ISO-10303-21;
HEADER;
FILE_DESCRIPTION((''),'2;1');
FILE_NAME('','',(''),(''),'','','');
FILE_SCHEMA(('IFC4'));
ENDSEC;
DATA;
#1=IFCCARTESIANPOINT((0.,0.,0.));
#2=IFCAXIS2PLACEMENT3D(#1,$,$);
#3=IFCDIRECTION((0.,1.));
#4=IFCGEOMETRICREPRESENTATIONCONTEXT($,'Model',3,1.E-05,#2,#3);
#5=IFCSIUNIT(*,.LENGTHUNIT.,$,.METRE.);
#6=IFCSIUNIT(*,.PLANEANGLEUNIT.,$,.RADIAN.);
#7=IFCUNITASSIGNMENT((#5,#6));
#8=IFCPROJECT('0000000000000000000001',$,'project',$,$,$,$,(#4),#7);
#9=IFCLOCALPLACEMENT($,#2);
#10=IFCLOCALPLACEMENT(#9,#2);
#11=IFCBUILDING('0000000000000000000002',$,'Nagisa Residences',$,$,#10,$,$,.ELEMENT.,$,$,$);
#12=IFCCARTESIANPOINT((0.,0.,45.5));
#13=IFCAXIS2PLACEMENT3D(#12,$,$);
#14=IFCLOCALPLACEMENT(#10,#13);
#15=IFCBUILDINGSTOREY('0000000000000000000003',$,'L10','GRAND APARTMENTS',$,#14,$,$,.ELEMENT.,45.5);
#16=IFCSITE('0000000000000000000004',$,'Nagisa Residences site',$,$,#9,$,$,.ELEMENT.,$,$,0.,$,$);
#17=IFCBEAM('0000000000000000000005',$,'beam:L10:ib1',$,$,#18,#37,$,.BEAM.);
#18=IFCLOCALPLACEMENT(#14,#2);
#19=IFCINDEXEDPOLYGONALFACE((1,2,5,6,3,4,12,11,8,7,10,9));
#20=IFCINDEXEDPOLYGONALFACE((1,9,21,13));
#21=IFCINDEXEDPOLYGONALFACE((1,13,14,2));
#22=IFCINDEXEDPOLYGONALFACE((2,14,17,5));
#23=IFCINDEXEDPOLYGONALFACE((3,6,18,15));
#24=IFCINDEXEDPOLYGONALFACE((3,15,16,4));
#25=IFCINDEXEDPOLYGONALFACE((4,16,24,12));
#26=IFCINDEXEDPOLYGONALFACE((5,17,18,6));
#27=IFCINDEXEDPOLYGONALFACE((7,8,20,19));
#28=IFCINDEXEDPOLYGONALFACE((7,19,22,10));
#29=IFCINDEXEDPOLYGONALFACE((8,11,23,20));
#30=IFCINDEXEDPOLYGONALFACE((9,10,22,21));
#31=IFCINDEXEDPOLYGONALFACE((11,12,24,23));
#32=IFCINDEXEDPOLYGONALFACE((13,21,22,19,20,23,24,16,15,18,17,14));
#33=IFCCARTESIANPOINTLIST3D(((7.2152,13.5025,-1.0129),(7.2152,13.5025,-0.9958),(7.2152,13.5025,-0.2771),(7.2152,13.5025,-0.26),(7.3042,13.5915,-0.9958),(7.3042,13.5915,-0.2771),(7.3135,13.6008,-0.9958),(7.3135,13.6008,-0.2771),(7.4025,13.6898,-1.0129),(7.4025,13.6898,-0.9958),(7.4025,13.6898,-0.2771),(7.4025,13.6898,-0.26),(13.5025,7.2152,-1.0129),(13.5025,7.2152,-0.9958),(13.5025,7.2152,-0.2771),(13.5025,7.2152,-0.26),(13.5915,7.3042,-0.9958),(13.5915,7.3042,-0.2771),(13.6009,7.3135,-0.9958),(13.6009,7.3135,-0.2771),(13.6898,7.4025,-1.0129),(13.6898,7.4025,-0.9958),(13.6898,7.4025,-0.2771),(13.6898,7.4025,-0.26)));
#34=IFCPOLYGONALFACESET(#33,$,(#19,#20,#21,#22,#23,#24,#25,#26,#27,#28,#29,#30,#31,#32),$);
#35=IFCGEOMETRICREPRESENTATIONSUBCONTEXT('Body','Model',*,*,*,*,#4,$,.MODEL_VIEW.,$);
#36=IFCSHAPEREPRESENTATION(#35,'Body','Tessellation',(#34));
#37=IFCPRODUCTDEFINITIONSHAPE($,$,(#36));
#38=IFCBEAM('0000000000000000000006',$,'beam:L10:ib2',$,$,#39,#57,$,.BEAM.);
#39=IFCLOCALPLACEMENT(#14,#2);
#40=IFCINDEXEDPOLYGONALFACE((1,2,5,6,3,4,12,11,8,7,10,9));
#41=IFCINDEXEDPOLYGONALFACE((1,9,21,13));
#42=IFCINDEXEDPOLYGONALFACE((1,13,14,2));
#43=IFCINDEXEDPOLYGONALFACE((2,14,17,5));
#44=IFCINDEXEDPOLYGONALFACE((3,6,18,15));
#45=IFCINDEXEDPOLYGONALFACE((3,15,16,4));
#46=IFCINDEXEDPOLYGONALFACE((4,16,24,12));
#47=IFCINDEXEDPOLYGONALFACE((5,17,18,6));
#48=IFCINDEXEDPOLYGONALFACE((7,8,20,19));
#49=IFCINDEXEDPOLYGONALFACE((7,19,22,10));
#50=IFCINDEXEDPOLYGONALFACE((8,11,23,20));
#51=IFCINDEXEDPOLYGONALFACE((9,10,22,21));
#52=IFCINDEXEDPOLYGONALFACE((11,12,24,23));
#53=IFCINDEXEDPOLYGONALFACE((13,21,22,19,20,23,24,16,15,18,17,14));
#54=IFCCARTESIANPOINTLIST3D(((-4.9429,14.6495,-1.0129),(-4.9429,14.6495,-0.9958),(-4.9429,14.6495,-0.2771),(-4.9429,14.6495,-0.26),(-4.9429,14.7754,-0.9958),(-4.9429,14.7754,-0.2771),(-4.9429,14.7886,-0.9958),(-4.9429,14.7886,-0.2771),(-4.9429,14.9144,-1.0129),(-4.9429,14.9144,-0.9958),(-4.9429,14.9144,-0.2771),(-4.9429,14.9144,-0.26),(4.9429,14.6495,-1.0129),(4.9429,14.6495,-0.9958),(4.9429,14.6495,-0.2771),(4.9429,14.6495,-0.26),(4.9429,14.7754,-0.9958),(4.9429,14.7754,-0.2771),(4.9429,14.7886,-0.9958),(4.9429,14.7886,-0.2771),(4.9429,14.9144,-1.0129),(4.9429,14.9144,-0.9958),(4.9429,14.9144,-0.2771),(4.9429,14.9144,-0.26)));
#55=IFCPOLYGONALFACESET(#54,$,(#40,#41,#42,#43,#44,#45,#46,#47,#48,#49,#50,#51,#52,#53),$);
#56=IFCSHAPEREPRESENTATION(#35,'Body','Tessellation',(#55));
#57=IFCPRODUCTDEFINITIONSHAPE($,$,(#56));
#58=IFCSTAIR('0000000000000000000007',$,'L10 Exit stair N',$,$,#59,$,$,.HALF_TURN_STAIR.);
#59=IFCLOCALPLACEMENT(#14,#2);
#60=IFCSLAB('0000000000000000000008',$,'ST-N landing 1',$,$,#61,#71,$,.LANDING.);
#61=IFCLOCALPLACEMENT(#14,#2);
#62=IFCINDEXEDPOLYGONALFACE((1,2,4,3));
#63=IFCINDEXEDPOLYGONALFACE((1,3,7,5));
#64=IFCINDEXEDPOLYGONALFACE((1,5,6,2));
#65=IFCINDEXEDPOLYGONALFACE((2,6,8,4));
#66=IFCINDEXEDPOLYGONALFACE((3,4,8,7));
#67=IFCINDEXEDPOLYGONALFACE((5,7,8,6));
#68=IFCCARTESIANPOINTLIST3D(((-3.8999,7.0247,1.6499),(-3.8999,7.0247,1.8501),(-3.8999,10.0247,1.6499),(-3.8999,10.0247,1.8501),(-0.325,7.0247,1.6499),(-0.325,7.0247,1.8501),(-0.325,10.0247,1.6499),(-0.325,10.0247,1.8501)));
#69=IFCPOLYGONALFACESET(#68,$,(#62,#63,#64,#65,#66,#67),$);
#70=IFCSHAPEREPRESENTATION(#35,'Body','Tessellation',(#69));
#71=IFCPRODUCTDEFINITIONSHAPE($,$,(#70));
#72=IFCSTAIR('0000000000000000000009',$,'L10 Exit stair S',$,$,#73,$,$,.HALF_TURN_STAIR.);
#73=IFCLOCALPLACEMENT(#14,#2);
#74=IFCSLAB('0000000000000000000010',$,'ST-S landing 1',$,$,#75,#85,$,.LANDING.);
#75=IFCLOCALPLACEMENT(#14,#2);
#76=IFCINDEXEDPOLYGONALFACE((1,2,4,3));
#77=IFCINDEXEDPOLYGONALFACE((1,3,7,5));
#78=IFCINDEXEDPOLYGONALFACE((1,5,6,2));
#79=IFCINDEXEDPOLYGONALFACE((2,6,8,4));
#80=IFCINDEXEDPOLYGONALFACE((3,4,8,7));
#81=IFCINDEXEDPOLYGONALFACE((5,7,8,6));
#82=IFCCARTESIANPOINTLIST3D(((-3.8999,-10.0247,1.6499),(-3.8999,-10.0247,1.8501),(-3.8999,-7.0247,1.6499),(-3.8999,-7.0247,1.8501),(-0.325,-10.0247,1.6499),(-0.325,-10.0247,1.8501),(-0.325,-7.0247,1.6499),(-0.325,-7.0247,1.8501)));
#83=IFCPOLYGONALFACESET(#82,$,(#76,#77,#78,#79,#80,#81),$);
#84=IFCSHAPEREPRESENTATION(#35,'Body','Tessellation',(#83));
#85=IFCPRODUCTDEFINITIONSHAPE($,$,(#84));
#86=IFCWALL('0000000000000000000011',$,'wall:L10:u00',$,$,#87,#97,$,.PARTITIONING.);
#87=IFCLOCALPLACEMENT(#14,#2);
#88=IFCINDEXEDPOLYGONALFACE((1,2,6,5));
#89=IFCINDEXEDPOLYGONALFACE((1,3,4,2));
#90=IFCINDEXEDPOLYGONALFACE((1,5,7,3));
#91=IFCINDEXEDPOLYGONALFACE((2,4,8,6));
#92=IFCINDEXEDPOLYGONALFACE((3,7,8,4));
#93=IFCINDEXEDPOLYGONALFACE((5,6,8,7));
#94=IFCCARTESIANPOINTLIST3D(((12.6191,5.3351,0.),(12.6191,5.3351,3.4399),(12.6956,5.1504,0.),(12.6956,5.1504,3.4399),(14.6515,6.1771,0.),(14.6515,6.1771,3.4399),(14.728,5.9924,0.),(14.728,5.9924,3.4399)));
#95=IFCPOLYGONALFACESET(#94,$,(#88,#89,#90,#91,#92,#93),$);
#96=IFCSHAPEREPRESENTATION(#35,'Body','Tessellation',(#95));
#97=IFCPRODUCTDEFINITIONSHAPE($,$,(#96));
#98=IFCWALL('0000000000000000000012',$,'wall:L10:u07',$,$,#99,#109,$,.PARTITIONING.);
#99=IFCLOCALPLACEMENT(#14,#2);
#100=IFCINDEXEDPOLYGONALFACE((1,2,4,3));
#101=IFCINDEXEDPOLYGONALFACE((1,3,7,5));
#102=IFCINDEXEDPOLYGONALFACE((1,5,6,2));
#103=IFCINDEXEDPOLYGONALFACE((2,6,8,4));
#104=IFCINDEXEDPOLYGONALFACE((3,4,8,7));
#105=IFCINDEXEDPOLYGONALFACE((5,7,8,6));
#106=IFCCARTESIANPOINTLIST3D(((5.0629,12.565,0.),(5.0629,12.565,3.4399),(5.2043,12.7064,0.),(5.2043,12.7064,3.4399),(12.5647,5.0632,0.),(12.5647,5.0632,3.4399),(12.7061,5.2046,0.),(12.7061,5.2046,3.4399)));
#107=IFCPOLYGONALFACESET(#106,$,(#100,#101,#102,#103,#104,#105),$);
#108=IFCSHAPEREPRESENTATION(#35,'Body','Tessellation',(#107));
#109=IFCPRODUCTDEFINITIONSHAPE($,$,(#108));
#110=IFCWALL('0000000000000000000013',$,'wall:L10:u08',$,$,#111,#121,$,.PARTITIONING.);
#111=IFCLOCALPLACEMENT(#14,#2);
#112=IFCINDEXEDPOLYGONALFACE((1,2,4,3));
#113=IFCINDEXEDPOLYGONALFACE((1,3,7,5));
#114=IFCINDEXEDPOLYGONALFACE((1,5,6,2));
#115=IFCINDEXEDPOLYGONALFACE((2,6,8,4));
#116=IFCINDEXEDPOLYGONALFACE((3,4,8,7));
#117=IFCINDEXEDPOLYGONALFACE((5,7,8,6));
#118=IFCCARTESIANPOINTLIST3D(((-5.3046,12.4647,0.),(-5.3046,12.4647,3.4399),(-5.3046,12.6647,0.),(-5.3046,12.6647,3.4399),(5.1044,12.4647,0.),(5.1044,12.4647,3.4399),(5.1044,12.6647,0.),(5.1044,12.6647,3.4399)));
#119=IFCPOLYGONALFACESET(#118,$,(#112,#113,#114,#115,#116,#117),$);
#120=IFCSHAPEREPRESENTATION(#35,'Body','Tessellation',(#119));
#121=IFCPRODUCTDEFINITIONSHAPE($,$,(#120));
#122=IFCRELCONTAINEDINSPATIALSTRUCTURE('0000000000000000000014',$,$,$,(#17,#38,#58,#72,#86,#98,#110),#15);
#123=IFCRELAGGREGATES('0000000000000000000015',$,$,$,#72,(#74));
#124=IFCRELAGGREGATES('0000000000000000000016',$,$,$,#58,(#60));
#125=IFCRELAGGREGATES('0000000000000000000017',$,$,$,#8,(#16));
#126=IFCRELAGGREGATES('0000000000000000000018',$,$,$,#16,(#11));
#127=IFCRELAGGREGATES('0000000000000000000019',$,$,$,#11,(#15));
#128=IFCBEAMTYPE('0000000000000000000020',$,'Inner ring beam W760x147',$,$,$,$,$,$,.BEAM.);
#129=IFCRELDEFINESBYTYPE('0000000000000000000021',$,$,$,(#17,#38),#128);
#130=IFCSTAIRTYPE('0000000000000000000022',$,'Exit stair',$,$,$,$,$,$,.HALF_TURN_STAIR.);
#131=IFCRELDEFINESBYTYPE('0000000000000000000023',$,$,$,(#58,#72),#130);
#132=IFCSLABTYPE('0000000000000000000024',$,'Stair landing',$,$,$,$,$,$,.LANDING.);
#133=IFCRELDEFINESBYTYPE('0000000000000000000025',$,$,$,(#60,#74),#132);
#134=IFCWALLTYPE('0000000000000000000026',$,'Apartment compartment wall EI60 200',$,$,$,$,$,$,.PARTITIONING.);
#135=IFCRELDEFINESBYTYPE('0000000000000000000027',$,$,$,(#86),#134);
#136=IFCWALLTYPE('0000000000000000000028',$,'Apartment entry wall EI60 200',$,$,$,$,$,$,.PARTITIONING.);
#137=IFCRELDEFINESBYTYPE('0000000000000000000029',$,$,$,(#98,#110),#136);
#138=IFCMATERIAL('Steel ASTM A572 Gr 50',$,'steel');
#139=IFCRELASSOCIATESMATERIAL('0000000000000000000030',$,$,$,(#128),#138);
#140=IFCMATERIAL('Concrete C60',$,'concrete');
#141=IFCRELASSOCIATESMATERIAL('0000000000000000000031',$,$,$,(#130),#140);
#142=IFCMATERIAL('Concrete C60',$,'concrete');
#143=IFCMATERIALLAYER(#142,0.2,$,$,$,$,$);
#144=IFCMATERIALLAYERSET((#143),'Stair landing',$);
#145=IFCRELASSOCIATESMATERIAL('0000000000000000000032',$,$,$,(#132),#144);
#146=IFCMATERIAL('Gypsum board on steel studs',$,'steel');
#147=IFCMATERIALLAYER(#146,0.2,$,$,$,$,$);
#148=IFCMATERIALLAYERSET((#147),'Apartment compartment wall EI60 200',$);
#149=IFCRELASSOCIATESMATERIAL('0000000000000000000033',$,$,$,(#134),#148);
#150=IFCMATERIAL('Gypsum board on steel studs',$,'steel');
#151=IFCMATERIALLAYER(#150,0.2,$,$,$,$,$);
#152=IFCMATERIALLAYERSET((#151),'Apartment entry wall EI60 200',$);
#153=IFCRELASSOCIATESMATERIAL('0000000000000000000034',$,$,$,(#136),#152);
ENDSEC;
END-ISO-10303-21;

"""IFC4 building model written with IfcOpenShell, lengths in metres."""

from ifc_helpers import new_model, si_unit, direction, frame, frame_2d, origin, origin_2d, place, context, subcontext, project, spatial, polyline, rectangle, i_section, outline, extrude, material, layer, layer_set, material_profile, profile_set, type_object, element, aggregate, save


model = new_model("IFC4")

# Units and contexts
model_context = context("Model", 3, precision=1e-05, world=origin(), true_north=direction((0.0, 1.0)))
body_context = subcontext(model_context, "Body", "Model", "MODEL_VIEW")
ifc_project = project(units=[si_unit("LENGTHUNIT", "METRE"), si_unit("PLANEANGLEUNIT", "RADIAN")], contexts=[model_context])

# Site, building, storey
site_placement = place(None, origin())
site = spatial("IfcSite", under=ifc_project, at=site_placement, Name="Nagisa Residences site", CompositionType="ELEMENT", RefElevation=0.0)
building_placement = place(site_placement, origin())
building = spatial("IfcBuilding", under=site, at=building_placement, Name="Nagisa Residences", CompositionType="ELEMENT")
storey_placement = place(building_placement, frame((0.0, 0.0, 45.5)))
storey = spatial("IfcBuildingStorey", under=building, at=storey_placement, Name="L10", Description="GRAND APARTMENTS", CompositionType="ELEMENT", Elevation=45.5)

# Beams
ifc_material_1 = material(Name="Steel ASTM A572 Gr 50", Category="steel")
ifc_material_profile = material_profile(ifc_material_1, i_section(OverallWidth=0.2649, OverallDepth=0.7529, WebThickness=0.0132, FlangeThickness=0.0171, at=origin_2d()), Name="W760x147")
ifc_profile_set = profile_set([ifc_material_profile], Name="Steel ASTM A572 Gr 50")
beam_type = type_object("IfcBeamType", Name="Inner ring beam W760x147", PredefinedType="BEAM", material=ifc_profile_set)
beam_1_placement = place(storey_placement, frame((13.5962, 7.3088, -0.6365), z_axis=(-0.707107, 0.707107, 0.0), x_axis=(-0.707107, -0.707107, 0.0)))
element("IfcBeam", 1, at=beam_1_placement, inside=storey, type_object=beam_type, Name="beam:L10:ib1", PredefinedType="BEAM", context=body_context, shape_type="SweptSolid", body=[
    extrude(i_section(OverallWidth=0.2649, OverallDepth=0.7529, WebThickness=0.0132, FlangeThickness=0.0171, at=origin_2d()), origin(), (0.0, 0.0, 1.0), 8.8916),
])
beam_2_placement = place(storey_placement, frame((4.9429, 14.782, -0.6365), z_axis=(-1.0, 0.0, 0.0), x_axis=(0.0, -1.0, 0.0)))
element("IfcBeam", 2, at=beam_2_placement, inside=storey, type_object=beam_type, Name="beam:L10:ib2", PredefinedType="BEAM", context=body_context, shape_type="SweptSolid", body=[
    extrude(i_section(OverallWidth=0.2649, OverallDepth=0.7529, WebThickness=0.0132, FlangeThickness=0.0171, at=origin_2d()), origin(), (0.0, 0.0, 1.0), 9.8857),
])

# Stairs, slabs
ifc_material_2 = material(Name="Concrete C60", Category="concrete")
stair_type = type_object("IfcStairType", Name="Exit stair", PredefinedType="HALF_TURN_STAIR", material=ifc_material_2)
stair_1_placement = place(storey_placement, origin())
stair_1 = element("IfcStair", 3, at=stair_1_placement, inside=storey, type_object=stair_type, Name="L10 Exit stair N", PredefinedType="HALF_TURN_STAIR")
ifc_material_3 = material(Name="Concrete C60", Category="concrete")
ifc_layer_1 = layer(ifc_material_3, 0.2)
ifc_layer_set_1 = layer_set([ifc_layer_1], Name="Stair landing")
slab_type = type_object("IfcSlabType", Name="Stair landing", PredefinedType="LANDING", material=ifc_layer_set_1)
slab_1_placement = place(storey_placement, frame((0.0, 0.0, 1.6499)))
slab_1 = element("IfcSlab", 4, at=slab_1_placement, type_object=slab_type, Name="ST-N landing 1", PredefinedType="LANDING", context=body_context, shape_type="SweptSolid", body=[
    extrude(outline(polyline([(-0.325, 10.0247), (-3.8999, 10.0247), (-3.8999, 7.0247), (-0.325, 7.0247), (-0.325, 10.0247)])), origin(), (0.0, 0.0, 1.0), 0.2002),
])
stair_2_placement = place(storey_placement, origin())
stair_2 = element("IfcStair", 5, at=stair_2_placement, inside=storey, type_object=stair_type, Name="L10 Exit stair S", PredefinedType="HALF_TURN_STAIR")
slab_2_placement = place(storey_placement, frame((0.0, 0.0, 1.6499)))
slab_2 = element("IfcSlab", 6, at=slab_2_placement, type_object=slab_type, Name="ST-S landing 1", PredefinedType="LANDING", context=body_context, shape_type="SweptSolid", body=[
    extrude(outline(polyline([(-0.325, -7.0247), (-3.8999, -7.0247), (-3.8999, -10.0247), (-0.325, -10.0247), (-0.325, -7.0247)])), origin(), (0.0, 0.0, 1.0), 0.2002),
])
aggregate(stair_2, [slab_2])

# Walls
ifc_material_4 = material(Name="Gypsum board on steel studs", Category="steel")
ifc_layer_2 = layer(ifc_material_4, 0.2)
ifc_layer_set_2 = layer_set([ifc_layer_2], Name="Apartment compartment wall EI60 200")
wall_type_1 = type_object("IfcWallType", Name="Apartment compartment wall EI60 200", PredefinedType="PARTITIONING", material=ifc_layer_set_2)
wall_1_placement = place(storey_placement, frame((12.6572, 5.2427, 0.0), z_axis=(0.0, 0.0, 1.0), x_axis=(0.923853, 0.382747, 0.0)))
element("IfcWall", 7, at=wall_1_placement, inside=storey, type_object=wall_type_1, Name="wall:L10:u00", PredefinedType="PARTITIONING", context=body_context, shape_type="SweptSolid", body=[
    extrude(rectangle(XDim=2.2, YDim=0.2, at=frame_2d((1.1001, 0.0))), origin(), (0.0, 0.0, 1.0), 3.4399),
])
ifc_material_5 = material(Name="Gypsum board on steel studs", Category="steel")
ifc_layer_3 = layer(ifc_material_5, 0.2)
ifc_layer_set_3 = layer_set([ifc_layer_3], Name="Apartment entry wall EI60 200")
wall_type_2 = type_object("IfcWallType", Name="Apartment entry wall EI60 200", PredefinedType="PARTITIONING", material=ifc_layer_set_3)
wall_2_placement = place(storey_placement, frame((12.6355, 5.1338, 0.0), z_axis=(0.0, 0.0, 1.0), x_axis=(-0.707107, 0.707107, 0.0)))
element("IfcWall", 8, at=wall_2_placement, inside=storey, type_object=wall_type_2, Name="wall:L10:u07", PredefinedType="PARTITIONING", context=body_context, shape_type="SweptSolid", body=[
    extrude(rectangle(XDim=10.6091, YDim=0.2, at=frame_2d((5.3047, 0.0))), origin(), (0.0, 0.0, 1.0), 3.4399),
])
wall_3_placement = place(storey_placement, frame((5.1045, 12.5647, 0.0), z_axis=(0.0, 0.0, 1.0), x_axis=(-1.0, 0.0, 0.0)))
element("IfcWall", 9, at=wall_3_placement, inside=storey, type_object=wall_type_2, Name="wall:L10:u08", PredefinedType="PARTITIONING", context=body_context, shape_type="SweptSolid", body=[
    extrude(rectangle(XDim=10.4089, YDim=0.2, at=frame_2d((5.2046, 0.0))), origin(), (0.0, 0.0, 1.0), 3.4399),
])

aggregate(stair_1, [slab_1])

save(model, "model.ifc")
